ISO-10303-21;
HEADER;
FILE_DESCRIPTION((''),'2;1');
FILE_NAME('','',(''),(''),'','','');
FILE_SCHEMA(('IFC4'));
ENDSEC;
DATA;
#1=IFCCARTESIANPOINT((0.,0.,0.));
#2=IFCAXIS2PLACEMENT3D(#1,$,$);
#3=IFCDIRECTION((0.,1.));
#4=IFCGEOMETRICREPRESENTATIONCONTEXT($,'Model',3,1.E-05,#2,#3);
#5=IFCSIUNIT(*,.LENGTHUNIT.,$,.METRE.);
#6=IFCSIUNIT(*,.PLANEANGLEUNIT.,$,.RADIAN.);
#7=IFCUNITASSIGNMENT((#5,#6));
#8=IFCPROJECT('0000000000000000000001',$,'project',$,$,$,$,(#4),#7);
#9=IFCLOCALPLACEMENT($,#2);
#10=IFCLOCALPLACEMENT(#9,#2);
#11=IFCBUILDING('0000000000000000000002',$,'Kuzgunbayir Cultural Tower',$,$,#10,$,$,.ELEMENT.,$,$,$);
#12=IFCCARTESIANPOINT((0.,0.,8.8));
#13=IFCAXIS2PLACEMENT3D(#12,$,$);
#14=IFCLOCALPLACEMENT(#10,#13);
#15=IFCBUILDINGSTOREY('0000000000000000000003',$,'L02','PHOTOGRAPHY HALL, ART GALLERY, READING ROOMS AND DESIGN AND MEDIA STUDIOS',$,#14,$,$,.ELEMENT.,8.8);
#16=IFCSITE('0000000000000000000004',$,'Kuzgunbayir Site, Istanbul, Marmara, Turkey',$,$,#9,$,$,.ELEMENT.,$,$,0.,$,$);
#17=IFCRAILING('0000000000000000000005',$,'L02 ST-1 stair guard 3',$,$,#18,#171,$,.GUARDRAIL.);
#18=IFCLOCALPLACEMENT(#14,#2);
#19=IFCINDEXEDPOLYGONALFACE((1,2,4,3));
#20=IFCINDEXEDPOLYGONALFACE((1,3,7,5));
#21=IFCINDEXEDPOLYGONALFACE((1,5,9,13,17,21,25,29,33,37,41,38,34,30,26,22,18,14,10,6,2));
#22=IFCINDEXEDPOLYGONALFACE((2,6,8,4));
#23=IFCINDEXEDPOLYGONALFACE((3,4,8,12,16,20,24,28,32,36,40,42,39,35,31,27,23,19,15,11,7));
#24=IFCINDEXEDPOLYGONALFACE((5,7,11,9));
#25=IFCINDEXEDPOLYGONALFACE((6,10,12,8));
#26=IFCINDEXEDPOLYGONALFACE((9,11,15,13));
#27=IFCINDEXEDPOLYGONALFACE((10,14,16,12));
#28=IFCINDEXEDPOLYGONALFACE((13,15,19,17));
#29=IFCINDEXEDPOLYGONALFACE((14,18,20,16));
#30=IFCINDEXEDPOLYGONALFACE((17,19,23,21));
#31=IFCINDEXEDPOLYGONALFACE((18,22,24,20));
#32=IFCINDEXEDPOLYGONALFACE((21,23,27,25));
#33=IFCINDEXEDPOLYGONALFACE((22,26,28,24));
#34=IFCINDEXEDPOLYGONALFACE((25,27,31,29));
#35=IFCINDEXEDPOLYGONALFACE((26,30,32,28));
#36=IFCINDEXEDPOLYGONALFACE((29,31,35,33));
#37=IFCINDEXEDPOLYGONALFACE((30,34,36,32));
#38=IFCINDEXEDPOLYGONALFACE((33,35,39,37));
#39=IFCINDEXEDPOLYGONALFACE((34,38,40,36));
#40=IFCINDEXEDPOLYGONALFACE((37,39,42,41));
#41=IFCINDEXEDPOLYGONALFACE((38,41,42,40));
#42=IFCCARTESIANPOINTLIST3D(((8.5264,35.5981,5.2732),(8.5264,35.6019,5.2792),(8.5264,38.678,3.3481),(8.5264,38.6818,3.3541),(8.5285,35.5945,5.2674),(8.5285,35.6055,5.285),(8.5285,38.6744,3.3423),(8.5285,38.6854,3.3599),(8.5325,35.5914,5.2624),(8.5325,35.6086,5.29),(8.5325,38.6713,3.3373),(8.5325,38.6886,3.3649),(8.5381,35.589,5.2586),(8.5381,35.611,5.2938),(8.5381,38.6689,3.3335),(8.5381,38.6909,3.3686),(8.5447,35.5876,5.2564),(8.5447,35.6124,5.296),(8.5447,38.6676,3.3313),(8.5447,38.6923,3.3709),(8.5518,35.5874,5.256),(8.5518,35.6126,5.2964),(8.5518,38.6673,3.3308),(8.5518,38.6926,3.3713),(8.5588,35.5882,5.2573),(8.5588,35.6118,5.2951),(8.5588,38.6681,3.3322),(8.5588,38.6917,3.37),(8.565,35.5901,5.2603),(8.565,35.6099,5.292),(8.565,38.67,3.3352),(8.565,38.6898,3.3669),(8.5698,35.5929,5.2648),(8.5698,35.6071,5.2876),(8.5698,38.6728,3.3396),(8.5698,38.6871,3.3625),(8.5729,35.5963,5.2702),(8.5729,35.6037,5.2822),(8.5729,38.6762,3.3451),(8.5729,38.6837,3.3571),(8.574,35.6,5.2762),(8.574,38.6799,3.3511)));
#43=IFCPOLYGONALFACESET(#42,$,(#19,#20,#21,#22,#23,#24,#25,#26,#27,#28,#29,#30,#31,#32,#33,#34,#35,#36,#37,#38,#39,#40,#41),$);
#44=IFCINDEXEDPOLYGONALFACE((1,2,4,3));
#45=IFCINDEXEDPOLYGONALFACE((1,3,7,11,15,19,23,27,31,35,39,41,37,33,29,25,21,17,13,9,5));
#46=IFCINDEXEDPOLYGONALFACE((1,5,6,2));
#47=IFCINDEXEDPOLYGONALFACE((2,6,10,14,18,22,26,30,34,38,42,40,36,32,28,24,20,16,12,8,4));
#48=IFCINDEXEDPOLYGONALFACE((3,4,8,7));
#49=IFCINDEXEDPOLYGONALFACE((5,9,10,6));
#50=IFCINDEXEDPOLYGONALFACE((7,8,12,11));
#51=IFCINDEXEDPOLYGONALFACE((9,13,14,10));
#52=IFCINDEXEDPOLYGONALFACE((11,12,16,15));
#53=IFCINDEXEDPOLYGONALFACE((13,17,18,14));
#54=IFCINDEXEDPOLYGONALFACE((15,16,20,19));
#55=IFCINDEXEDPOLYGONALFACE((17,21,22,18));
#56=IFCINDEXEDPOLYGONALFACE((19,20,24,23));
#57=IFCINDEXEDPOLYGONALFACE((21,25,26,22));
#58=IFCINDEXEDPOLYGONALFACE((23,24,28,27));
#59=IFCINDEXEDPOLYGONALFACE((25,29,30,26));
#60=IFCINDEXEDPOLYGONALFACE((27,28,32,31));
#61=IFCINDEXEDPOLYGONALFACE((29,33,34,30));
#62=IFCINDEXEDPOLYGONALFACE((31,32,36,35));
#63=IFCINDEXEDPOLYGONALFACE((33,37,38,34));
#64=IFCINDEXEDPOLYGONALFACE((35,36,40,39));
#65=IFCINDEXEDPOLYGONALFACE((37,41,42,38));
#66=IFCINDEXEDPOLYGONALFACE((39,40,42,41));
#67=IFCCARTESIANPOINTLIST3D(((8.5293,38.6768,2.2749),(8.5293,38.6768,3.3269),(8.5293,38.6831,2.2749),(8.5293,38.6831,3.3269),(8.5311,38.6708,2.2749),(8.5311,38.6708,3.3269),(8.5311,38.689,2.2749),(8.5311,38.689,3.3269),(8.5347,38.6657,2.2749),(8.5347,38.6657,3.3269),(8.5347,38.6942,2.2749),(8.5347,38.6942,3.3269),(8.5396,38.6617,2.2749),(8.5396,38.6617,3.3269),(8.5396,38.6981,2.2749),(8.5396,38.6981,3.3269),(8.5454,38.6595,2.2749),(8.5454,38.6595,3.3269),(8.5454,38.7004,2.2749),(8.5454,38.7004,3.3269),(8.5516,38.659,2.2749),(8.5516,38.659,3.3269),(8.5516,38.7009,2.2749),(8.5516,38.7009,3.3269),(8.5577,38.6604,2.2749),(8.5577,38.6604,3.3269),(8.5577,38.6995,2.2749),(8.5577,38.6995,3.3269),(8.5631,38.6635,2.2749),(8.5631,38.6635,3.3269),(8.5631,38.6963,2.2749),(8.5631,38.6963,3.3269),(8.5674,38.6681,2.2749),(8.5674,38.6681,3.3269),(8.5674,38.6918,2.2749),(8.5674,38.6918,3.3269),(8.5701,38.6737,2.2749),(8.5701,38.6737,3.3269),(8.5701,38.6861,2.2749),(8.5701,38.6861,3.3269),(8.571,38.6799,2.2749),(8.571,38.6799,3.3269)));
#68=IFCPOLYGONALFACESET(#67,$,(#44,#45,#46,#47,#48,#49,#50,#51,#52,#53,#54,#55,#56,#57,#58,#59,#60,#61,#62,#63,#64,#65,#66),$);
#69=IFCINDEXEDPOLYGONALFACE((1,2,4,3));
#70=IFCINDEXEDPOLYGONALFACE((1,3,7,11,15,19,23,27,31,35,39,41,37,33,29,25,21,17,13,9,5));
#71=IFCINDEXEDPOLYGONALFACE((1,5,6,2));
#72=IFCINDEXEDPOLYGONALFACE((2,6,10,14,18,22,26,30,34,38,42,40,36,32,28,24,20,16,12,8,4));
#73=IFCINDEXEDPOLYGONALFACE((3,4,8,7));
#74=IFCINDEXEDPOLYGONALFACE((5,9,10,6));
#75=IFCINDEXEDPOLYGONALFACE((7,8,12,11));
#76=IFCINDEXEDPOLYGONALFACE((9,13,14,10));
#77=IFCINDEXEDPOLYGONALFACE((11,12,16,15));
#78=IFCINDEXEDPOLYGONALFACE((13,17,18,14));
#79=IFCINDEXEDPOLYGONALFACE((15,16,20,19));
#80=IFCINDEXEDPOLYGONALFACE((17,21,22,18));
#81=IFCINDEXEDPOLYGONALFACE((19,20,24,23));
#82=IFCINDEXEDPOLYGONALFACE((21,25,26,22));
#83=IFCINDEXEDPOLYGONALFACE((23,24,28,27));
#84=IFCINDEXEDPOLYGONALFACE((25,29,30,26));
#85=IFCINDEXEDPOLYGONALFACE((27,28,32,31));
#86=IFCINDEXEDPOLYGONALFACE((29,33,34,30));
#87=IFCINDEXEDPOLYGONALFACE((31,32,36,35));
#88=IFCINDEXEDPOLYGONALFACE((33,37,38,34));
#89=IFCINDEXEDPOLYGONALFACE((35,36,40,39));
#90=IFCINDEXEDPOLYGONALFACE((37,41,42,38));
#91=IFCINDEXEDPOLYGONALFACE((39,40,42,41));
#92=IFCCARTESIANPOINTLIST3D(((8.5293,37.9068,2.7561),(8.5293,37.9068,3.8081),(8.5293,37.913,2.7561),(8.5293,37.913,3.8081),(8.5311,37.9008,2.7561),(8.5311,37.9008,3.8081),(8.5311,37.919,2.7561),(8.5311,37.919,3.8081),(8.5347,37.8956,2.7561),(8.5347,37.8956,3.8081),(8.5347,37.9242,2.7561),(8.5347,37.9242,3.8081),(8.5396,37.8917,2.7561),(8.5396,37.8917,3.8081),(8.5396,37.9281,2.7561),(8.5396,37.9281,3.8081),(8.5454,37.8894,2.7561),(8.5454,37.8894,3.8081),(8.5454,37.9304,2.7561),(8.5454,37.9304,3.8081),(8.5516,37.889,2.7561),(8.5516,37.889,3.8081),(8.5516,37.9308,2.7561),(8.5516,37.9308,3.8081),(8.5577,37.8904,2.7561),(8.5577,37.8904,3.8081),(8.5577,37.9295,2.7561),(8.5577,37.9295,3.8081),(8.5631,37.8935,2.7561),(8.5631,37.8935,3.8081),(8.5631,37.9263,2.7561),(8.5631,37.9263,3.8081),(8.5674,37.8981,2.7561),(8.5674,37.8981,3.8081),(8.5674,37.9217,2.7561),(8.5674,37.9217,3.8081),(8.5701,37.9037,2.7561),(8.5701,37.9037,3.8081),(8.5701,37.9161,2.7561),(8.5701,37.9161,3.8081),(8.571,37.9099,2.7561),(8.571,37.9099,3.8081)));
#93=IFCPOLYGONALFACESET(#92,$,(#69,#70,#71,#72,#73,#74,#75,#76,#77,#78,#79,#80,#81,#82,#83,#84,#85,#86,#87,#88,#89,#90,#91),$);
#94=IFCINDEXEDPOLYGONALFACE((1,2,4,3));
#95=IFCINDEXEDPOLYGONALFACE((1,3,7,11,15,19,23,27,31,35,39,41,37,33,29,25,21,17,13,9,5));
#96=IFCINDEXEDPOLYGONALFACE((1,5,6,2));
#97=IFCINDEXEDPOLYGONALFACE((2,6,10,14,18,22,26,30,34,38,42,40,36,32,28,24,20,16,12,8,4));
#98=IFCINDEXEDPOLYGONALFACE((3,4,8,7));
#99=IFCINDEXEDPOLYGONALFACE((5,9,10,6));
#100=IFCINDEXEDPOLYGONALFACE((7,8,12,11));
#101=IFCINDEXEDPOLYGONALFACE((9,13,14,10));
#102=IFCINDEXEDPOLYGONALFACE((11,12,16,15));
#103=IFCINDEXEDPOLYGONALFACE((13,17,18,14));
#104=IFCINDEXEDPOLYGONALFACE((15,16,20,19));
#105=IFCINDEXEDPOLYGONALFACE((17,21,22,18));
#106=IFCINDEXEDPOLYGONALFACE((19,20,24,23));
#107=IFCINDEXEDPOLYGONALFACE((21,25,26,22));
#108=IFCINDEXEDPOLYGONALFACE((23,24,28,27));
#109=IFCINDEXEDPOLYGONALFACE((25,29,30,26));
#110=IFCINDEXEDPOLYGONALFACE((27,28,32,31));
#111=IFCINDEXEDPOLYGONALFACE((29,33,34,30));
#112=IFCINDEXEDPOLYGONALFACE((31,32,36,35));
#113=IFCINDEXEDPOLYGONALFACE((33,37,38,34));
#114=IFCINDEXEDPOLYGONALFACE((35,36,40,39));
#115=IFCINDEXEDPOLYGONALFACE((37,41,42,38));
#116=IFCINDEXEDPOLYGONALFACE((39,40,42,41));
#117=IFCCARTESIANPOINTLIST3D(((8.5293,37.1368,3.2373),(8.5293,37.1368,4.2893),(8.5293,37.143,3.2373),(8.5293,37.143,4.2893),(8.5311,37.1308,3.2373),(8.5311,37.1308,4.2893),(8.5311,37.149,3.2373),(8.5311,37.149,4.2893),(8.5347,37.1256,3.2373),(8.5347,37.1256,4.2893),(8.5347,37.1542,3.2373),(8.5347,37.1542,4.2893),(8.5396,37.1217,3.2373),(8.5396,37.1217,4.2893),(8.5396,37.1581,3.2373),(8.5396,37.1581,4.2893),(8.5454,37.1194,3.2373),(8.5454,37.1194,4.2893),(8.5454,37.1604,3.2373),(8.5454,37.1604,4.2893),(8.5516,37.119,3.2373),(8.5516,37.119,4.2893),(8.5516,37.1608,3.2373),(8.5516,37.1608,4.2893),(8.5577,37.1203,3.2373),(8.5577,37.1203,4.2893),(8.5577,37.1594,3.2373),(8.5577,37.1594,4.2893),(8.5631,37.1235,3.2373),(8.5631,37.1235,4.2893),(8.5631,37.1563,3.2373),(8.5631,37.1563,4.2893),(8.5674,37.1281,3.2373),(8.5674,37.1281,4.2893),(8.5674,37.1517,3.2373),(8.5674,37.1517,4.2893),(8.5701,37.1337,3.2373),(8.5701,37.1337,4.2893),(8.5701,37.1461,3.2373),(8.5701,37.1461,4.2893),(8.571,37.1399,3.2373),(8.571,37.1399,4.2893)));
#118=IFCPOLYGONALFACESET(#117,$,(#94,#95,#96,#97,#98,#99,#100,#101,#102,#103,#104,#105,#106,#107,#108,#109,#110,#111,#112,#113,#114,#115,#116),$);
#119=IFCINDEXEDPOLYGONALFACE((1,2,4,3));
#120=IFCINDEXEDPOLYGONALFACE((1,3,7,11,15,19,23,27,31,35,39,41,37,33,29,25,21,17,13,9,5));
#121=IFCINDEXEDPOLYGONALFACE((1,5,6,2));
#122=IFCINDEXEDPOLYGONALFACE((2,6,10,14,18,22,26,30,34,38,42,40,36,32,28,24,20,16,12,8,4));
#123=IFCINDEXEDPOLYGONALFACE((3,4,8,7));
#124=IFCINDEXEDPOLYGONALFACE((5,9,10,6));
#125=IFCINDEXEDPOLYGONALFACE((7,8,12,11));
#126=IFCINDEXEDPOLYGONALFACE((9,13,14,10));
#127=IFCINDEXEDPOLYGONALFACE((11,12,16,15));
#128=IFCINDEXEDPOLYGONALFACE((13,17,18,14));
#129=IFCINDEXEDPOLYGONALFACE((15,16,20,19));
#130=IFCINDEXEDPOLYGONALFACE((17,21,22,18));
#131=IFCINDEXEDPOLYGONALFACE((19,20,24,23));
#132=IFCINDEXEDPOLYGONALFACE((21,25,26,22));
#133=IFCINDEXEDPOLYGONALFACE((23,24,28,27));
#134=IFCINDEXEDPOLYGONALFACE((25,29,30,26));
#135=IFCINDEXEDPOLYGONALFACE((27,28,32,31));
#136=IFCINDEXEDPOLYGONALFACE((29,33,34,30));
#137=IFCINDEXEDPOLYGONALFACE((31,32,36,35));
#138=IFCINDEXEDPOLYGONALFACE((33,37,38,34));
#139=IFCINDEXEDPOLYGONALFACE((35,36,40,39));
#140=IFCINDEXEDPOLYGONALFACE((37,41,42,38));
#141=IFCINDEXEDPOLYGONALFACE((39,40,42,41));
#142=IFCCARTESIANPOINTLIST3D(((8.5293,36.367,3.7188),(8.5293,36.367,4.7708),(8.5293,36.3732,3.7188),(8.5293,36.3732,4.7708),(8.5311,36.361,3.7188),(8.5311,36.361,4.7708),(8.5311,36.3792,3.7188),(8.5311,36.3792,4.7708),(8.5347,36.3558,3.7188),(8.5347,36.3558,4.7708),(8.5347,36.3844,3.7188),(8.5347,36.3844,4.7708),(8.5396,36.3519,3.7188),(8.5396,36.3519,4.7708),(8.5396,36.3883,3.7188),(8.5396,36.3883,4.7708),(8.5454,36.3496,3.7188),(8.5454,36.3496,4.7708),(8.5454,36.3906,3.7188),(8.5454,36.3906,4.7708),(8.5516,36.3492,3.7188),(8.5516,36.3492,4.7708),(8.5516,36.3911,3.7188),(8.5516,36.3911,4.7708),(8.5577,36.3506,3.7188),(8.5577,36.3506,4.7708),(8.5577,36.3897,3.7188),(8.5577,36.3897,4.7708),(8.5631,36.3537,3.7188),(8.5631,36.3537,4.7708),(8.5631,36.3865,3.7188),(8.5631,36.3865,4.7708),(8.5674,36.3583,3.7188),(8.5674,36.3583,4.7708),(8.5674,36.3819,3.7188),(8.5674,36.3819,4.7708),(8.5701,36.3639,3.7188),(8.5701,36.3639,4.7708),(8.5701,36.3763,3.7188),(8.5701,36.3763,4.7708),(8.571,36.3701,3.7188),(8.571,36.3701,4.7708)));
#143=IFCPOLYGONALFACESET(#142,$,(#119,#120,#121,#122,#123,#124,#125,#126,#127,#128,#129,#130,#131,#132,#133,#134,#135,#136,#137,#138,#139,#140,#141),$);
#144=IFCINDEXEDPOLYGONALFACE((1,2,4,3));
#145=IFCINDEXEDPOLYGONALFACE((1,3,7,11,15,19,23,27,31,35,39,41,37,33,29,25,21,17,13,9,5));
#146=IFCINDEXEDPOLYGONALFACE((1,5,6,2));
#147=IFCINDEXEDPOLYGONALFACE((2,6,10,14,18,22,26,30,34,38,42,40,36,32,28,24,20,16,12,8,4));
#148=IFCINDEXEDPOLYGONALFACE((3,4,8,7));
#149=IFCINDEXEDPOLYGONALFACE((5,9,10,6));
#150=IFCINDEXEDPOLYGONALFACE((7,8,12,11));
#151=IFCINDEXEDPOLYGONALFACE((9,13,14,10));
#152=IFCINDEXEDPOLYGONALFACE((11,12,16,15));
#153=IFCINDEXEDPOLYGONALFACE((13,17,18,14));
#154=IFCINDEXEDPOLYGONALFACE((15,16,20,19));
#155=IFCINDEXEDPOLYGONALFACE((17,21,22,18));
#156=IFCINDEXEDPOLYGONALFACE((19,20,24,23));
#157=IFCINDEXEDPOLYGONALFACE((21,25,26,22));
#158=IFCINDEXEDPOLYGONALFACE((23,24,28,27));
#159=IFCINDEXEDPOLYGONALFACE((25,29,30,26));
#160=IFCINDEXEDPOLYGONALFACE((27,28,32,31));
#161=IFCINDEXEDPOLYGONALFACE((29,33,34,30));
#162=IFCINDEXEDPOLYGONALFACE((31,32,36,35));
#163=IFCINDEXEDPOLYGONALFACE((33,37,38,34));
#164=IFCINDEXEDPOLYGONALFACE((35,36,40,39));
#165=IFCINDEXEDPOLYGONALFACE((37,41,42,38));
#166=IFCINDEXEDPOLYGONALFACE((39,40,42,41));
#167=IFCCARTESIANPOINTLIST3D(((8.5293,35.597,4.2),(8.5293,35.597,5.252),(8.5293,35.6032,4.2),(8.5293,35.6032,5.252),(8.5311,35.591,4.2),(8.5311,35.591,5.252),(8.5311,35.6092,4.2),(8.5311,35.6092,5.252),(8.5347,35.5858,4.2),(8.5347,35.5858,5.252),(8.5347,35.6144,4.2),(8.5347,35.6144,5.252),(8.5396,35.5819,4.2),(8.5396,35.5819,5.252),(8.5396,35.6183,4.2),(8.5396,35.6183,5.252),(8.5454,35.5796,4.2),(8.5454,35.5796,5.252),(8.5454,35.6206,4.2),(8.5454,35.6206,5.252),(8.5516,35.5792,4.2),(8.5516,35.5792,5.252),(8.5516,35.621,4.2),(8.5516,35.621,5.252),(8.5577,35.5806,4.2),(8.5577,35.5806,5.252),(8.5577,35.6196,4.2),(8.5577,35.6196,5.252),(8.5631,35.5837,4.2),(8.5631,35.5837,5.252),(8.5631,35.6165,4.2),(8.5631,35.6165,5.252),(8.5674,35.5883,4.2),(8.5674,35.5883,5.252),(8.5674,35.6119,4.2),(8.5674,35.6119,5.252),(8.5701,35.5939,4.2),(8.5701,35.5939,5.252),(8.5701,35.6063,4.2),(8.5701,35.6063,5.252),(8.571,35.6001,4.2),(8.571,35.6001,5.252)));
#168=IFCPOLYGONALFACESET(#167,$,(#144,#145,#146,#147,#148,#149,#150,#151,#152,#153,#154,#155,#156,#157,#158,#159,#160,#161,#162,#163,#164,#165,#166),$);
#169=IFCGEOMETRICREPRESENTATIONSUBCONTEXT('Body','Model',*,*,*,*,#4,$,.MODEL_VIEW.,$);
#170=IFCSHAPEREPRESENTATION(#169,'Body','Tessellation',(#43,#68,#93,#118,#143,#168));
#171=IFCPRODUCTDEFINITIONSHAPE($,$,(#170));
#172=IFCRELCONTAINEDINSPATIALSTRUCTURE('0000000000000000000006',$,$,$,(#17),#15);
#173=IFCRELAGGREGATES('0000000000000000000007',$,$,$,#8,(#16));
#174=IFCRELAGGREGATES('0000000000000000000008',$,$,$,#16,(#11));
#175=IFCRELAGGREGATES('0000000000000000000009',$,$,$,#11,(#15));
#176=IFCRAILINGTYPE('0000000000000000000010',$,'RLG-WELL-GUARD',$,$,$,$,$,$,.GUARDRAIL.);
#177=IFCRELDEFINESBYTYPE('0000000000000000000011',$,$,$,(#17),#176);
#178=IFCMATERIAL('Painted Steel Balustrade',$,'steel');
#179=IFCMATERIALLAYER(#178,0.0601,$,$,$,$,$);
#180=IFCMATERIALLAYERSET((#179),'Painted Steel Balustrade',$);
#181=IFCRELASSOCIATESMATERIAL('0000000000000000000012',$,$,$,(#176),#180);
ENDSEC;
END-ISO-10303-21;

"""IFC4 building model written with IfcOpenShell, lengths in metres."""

from ifc_helpers import new_model, si_unit, direction, frame, origin, origin_2d, place, context, subcontext, project, spatial, circle, extrude, material, layer, layer_set, type_object, element, save


model = new_model("IFC4")

# Units and contexts
model_context = context("Model", 3, precision=1e-05, world=origin(), true_north=direction((0.0, 1.0)))
body_context = subcontext(model_context, "Body", "Model", "MODEL_VIEW")
ifc_project = project(units=[si_unit("LENGTHUNIT", "METRE"), si_unit("PLANEANGLEUNIT", "RADIAN")], contexts=[model_context])

# Site, building, storey
site_placement = place(None, origin())
site = spatial("IfcSite", under=ifc_project, at=site_placement, Name="Kuzgunbayir Site, Istanbul, Marmara, Turkey", CompositionType="ELEMENT", RefElevation=0.0)
building_placement = place(site_placement, origin())
building = spatial("IfcBuilding", under=site, at=building_placement, Name="Kuzgunbayir Cultural Tower", CompositionType="ELEMENT")
storey_placement = place(building_placement, frame((0.0, 0.0, 8.8)))
storey = spatial("IfcBuildingStorey", under=building, at=storey_placement, Name="L02", Description="PHOTOGRAPHY HALL, ART GALLERY, READING ROOMS AND DESIGN AND MEDIA STUDIOS", CompositionType="ELEMENT", Elevation=8.8)

# Railing
ifc_material_1 = material(Name="Painted Steel Balustrade", Category="steel")
ifc_layer_1 = layer(ifc_material_1, 0.0601)
ifc_layer_set_1 = layer_set([ifc_layer_1], Name="Painted Steel Balustrade")
railing_type_1 = type_object("IfcRailingType", Name="RLG-WELL-GUARD", PredefinedType="GUARDRAIL", material=ifc_layer_set_1)
railing_1_placement = place(storey_placement, frame((8.55, 38.6799, 2.2749)))
element("IfcRailing", 1, at=railing_1_placement, inside=storey, type_object=railing_type_1, Name="L02 ST-1 stair guard 3", PredefinedType="GUARDRAIL", context=body_context, shape_type="SweptSolid", body=[
    extrude(circle(Radius=0.0239, at=origin_2d()), frame((0.0, 0.0, 1.0762), z_axis=(0.0, -0.847979, 0.530029), x_axis=(1.0, 0.0, 0.0)), (0.0, 0.0, 1.0), 3.6321),
    extrude(circle(Radius=0.021, at=origin_2d()), origin(), (0.0, 0.0, 1.0), 1.052),
    extrude(circle(Radius=0.021, at=origin_2d()), frame((0.0, -0.77, 0.4812)), (0.0, 0.0, 1.0), 1.052),
    extrude(circle(Radius=0.021, at=origin_2d()), frame((0.0, -1.54, 0.9624)), (0.0, 0.0, 1.0), 1.052),
    extrude(circle(Radius=0.021, at=origin_2d()), frame((0.0, -2.3098, 1.4438)), (0.0, 0.0, 1.0), 1.052),
    extrude(circle(Radius=0.021, at=origin_2d()), frame((0.0, -3.0798, 1.925)), (0.0, 0.0, 1.0), 1.052),
])

save(model, "model.ifc")
